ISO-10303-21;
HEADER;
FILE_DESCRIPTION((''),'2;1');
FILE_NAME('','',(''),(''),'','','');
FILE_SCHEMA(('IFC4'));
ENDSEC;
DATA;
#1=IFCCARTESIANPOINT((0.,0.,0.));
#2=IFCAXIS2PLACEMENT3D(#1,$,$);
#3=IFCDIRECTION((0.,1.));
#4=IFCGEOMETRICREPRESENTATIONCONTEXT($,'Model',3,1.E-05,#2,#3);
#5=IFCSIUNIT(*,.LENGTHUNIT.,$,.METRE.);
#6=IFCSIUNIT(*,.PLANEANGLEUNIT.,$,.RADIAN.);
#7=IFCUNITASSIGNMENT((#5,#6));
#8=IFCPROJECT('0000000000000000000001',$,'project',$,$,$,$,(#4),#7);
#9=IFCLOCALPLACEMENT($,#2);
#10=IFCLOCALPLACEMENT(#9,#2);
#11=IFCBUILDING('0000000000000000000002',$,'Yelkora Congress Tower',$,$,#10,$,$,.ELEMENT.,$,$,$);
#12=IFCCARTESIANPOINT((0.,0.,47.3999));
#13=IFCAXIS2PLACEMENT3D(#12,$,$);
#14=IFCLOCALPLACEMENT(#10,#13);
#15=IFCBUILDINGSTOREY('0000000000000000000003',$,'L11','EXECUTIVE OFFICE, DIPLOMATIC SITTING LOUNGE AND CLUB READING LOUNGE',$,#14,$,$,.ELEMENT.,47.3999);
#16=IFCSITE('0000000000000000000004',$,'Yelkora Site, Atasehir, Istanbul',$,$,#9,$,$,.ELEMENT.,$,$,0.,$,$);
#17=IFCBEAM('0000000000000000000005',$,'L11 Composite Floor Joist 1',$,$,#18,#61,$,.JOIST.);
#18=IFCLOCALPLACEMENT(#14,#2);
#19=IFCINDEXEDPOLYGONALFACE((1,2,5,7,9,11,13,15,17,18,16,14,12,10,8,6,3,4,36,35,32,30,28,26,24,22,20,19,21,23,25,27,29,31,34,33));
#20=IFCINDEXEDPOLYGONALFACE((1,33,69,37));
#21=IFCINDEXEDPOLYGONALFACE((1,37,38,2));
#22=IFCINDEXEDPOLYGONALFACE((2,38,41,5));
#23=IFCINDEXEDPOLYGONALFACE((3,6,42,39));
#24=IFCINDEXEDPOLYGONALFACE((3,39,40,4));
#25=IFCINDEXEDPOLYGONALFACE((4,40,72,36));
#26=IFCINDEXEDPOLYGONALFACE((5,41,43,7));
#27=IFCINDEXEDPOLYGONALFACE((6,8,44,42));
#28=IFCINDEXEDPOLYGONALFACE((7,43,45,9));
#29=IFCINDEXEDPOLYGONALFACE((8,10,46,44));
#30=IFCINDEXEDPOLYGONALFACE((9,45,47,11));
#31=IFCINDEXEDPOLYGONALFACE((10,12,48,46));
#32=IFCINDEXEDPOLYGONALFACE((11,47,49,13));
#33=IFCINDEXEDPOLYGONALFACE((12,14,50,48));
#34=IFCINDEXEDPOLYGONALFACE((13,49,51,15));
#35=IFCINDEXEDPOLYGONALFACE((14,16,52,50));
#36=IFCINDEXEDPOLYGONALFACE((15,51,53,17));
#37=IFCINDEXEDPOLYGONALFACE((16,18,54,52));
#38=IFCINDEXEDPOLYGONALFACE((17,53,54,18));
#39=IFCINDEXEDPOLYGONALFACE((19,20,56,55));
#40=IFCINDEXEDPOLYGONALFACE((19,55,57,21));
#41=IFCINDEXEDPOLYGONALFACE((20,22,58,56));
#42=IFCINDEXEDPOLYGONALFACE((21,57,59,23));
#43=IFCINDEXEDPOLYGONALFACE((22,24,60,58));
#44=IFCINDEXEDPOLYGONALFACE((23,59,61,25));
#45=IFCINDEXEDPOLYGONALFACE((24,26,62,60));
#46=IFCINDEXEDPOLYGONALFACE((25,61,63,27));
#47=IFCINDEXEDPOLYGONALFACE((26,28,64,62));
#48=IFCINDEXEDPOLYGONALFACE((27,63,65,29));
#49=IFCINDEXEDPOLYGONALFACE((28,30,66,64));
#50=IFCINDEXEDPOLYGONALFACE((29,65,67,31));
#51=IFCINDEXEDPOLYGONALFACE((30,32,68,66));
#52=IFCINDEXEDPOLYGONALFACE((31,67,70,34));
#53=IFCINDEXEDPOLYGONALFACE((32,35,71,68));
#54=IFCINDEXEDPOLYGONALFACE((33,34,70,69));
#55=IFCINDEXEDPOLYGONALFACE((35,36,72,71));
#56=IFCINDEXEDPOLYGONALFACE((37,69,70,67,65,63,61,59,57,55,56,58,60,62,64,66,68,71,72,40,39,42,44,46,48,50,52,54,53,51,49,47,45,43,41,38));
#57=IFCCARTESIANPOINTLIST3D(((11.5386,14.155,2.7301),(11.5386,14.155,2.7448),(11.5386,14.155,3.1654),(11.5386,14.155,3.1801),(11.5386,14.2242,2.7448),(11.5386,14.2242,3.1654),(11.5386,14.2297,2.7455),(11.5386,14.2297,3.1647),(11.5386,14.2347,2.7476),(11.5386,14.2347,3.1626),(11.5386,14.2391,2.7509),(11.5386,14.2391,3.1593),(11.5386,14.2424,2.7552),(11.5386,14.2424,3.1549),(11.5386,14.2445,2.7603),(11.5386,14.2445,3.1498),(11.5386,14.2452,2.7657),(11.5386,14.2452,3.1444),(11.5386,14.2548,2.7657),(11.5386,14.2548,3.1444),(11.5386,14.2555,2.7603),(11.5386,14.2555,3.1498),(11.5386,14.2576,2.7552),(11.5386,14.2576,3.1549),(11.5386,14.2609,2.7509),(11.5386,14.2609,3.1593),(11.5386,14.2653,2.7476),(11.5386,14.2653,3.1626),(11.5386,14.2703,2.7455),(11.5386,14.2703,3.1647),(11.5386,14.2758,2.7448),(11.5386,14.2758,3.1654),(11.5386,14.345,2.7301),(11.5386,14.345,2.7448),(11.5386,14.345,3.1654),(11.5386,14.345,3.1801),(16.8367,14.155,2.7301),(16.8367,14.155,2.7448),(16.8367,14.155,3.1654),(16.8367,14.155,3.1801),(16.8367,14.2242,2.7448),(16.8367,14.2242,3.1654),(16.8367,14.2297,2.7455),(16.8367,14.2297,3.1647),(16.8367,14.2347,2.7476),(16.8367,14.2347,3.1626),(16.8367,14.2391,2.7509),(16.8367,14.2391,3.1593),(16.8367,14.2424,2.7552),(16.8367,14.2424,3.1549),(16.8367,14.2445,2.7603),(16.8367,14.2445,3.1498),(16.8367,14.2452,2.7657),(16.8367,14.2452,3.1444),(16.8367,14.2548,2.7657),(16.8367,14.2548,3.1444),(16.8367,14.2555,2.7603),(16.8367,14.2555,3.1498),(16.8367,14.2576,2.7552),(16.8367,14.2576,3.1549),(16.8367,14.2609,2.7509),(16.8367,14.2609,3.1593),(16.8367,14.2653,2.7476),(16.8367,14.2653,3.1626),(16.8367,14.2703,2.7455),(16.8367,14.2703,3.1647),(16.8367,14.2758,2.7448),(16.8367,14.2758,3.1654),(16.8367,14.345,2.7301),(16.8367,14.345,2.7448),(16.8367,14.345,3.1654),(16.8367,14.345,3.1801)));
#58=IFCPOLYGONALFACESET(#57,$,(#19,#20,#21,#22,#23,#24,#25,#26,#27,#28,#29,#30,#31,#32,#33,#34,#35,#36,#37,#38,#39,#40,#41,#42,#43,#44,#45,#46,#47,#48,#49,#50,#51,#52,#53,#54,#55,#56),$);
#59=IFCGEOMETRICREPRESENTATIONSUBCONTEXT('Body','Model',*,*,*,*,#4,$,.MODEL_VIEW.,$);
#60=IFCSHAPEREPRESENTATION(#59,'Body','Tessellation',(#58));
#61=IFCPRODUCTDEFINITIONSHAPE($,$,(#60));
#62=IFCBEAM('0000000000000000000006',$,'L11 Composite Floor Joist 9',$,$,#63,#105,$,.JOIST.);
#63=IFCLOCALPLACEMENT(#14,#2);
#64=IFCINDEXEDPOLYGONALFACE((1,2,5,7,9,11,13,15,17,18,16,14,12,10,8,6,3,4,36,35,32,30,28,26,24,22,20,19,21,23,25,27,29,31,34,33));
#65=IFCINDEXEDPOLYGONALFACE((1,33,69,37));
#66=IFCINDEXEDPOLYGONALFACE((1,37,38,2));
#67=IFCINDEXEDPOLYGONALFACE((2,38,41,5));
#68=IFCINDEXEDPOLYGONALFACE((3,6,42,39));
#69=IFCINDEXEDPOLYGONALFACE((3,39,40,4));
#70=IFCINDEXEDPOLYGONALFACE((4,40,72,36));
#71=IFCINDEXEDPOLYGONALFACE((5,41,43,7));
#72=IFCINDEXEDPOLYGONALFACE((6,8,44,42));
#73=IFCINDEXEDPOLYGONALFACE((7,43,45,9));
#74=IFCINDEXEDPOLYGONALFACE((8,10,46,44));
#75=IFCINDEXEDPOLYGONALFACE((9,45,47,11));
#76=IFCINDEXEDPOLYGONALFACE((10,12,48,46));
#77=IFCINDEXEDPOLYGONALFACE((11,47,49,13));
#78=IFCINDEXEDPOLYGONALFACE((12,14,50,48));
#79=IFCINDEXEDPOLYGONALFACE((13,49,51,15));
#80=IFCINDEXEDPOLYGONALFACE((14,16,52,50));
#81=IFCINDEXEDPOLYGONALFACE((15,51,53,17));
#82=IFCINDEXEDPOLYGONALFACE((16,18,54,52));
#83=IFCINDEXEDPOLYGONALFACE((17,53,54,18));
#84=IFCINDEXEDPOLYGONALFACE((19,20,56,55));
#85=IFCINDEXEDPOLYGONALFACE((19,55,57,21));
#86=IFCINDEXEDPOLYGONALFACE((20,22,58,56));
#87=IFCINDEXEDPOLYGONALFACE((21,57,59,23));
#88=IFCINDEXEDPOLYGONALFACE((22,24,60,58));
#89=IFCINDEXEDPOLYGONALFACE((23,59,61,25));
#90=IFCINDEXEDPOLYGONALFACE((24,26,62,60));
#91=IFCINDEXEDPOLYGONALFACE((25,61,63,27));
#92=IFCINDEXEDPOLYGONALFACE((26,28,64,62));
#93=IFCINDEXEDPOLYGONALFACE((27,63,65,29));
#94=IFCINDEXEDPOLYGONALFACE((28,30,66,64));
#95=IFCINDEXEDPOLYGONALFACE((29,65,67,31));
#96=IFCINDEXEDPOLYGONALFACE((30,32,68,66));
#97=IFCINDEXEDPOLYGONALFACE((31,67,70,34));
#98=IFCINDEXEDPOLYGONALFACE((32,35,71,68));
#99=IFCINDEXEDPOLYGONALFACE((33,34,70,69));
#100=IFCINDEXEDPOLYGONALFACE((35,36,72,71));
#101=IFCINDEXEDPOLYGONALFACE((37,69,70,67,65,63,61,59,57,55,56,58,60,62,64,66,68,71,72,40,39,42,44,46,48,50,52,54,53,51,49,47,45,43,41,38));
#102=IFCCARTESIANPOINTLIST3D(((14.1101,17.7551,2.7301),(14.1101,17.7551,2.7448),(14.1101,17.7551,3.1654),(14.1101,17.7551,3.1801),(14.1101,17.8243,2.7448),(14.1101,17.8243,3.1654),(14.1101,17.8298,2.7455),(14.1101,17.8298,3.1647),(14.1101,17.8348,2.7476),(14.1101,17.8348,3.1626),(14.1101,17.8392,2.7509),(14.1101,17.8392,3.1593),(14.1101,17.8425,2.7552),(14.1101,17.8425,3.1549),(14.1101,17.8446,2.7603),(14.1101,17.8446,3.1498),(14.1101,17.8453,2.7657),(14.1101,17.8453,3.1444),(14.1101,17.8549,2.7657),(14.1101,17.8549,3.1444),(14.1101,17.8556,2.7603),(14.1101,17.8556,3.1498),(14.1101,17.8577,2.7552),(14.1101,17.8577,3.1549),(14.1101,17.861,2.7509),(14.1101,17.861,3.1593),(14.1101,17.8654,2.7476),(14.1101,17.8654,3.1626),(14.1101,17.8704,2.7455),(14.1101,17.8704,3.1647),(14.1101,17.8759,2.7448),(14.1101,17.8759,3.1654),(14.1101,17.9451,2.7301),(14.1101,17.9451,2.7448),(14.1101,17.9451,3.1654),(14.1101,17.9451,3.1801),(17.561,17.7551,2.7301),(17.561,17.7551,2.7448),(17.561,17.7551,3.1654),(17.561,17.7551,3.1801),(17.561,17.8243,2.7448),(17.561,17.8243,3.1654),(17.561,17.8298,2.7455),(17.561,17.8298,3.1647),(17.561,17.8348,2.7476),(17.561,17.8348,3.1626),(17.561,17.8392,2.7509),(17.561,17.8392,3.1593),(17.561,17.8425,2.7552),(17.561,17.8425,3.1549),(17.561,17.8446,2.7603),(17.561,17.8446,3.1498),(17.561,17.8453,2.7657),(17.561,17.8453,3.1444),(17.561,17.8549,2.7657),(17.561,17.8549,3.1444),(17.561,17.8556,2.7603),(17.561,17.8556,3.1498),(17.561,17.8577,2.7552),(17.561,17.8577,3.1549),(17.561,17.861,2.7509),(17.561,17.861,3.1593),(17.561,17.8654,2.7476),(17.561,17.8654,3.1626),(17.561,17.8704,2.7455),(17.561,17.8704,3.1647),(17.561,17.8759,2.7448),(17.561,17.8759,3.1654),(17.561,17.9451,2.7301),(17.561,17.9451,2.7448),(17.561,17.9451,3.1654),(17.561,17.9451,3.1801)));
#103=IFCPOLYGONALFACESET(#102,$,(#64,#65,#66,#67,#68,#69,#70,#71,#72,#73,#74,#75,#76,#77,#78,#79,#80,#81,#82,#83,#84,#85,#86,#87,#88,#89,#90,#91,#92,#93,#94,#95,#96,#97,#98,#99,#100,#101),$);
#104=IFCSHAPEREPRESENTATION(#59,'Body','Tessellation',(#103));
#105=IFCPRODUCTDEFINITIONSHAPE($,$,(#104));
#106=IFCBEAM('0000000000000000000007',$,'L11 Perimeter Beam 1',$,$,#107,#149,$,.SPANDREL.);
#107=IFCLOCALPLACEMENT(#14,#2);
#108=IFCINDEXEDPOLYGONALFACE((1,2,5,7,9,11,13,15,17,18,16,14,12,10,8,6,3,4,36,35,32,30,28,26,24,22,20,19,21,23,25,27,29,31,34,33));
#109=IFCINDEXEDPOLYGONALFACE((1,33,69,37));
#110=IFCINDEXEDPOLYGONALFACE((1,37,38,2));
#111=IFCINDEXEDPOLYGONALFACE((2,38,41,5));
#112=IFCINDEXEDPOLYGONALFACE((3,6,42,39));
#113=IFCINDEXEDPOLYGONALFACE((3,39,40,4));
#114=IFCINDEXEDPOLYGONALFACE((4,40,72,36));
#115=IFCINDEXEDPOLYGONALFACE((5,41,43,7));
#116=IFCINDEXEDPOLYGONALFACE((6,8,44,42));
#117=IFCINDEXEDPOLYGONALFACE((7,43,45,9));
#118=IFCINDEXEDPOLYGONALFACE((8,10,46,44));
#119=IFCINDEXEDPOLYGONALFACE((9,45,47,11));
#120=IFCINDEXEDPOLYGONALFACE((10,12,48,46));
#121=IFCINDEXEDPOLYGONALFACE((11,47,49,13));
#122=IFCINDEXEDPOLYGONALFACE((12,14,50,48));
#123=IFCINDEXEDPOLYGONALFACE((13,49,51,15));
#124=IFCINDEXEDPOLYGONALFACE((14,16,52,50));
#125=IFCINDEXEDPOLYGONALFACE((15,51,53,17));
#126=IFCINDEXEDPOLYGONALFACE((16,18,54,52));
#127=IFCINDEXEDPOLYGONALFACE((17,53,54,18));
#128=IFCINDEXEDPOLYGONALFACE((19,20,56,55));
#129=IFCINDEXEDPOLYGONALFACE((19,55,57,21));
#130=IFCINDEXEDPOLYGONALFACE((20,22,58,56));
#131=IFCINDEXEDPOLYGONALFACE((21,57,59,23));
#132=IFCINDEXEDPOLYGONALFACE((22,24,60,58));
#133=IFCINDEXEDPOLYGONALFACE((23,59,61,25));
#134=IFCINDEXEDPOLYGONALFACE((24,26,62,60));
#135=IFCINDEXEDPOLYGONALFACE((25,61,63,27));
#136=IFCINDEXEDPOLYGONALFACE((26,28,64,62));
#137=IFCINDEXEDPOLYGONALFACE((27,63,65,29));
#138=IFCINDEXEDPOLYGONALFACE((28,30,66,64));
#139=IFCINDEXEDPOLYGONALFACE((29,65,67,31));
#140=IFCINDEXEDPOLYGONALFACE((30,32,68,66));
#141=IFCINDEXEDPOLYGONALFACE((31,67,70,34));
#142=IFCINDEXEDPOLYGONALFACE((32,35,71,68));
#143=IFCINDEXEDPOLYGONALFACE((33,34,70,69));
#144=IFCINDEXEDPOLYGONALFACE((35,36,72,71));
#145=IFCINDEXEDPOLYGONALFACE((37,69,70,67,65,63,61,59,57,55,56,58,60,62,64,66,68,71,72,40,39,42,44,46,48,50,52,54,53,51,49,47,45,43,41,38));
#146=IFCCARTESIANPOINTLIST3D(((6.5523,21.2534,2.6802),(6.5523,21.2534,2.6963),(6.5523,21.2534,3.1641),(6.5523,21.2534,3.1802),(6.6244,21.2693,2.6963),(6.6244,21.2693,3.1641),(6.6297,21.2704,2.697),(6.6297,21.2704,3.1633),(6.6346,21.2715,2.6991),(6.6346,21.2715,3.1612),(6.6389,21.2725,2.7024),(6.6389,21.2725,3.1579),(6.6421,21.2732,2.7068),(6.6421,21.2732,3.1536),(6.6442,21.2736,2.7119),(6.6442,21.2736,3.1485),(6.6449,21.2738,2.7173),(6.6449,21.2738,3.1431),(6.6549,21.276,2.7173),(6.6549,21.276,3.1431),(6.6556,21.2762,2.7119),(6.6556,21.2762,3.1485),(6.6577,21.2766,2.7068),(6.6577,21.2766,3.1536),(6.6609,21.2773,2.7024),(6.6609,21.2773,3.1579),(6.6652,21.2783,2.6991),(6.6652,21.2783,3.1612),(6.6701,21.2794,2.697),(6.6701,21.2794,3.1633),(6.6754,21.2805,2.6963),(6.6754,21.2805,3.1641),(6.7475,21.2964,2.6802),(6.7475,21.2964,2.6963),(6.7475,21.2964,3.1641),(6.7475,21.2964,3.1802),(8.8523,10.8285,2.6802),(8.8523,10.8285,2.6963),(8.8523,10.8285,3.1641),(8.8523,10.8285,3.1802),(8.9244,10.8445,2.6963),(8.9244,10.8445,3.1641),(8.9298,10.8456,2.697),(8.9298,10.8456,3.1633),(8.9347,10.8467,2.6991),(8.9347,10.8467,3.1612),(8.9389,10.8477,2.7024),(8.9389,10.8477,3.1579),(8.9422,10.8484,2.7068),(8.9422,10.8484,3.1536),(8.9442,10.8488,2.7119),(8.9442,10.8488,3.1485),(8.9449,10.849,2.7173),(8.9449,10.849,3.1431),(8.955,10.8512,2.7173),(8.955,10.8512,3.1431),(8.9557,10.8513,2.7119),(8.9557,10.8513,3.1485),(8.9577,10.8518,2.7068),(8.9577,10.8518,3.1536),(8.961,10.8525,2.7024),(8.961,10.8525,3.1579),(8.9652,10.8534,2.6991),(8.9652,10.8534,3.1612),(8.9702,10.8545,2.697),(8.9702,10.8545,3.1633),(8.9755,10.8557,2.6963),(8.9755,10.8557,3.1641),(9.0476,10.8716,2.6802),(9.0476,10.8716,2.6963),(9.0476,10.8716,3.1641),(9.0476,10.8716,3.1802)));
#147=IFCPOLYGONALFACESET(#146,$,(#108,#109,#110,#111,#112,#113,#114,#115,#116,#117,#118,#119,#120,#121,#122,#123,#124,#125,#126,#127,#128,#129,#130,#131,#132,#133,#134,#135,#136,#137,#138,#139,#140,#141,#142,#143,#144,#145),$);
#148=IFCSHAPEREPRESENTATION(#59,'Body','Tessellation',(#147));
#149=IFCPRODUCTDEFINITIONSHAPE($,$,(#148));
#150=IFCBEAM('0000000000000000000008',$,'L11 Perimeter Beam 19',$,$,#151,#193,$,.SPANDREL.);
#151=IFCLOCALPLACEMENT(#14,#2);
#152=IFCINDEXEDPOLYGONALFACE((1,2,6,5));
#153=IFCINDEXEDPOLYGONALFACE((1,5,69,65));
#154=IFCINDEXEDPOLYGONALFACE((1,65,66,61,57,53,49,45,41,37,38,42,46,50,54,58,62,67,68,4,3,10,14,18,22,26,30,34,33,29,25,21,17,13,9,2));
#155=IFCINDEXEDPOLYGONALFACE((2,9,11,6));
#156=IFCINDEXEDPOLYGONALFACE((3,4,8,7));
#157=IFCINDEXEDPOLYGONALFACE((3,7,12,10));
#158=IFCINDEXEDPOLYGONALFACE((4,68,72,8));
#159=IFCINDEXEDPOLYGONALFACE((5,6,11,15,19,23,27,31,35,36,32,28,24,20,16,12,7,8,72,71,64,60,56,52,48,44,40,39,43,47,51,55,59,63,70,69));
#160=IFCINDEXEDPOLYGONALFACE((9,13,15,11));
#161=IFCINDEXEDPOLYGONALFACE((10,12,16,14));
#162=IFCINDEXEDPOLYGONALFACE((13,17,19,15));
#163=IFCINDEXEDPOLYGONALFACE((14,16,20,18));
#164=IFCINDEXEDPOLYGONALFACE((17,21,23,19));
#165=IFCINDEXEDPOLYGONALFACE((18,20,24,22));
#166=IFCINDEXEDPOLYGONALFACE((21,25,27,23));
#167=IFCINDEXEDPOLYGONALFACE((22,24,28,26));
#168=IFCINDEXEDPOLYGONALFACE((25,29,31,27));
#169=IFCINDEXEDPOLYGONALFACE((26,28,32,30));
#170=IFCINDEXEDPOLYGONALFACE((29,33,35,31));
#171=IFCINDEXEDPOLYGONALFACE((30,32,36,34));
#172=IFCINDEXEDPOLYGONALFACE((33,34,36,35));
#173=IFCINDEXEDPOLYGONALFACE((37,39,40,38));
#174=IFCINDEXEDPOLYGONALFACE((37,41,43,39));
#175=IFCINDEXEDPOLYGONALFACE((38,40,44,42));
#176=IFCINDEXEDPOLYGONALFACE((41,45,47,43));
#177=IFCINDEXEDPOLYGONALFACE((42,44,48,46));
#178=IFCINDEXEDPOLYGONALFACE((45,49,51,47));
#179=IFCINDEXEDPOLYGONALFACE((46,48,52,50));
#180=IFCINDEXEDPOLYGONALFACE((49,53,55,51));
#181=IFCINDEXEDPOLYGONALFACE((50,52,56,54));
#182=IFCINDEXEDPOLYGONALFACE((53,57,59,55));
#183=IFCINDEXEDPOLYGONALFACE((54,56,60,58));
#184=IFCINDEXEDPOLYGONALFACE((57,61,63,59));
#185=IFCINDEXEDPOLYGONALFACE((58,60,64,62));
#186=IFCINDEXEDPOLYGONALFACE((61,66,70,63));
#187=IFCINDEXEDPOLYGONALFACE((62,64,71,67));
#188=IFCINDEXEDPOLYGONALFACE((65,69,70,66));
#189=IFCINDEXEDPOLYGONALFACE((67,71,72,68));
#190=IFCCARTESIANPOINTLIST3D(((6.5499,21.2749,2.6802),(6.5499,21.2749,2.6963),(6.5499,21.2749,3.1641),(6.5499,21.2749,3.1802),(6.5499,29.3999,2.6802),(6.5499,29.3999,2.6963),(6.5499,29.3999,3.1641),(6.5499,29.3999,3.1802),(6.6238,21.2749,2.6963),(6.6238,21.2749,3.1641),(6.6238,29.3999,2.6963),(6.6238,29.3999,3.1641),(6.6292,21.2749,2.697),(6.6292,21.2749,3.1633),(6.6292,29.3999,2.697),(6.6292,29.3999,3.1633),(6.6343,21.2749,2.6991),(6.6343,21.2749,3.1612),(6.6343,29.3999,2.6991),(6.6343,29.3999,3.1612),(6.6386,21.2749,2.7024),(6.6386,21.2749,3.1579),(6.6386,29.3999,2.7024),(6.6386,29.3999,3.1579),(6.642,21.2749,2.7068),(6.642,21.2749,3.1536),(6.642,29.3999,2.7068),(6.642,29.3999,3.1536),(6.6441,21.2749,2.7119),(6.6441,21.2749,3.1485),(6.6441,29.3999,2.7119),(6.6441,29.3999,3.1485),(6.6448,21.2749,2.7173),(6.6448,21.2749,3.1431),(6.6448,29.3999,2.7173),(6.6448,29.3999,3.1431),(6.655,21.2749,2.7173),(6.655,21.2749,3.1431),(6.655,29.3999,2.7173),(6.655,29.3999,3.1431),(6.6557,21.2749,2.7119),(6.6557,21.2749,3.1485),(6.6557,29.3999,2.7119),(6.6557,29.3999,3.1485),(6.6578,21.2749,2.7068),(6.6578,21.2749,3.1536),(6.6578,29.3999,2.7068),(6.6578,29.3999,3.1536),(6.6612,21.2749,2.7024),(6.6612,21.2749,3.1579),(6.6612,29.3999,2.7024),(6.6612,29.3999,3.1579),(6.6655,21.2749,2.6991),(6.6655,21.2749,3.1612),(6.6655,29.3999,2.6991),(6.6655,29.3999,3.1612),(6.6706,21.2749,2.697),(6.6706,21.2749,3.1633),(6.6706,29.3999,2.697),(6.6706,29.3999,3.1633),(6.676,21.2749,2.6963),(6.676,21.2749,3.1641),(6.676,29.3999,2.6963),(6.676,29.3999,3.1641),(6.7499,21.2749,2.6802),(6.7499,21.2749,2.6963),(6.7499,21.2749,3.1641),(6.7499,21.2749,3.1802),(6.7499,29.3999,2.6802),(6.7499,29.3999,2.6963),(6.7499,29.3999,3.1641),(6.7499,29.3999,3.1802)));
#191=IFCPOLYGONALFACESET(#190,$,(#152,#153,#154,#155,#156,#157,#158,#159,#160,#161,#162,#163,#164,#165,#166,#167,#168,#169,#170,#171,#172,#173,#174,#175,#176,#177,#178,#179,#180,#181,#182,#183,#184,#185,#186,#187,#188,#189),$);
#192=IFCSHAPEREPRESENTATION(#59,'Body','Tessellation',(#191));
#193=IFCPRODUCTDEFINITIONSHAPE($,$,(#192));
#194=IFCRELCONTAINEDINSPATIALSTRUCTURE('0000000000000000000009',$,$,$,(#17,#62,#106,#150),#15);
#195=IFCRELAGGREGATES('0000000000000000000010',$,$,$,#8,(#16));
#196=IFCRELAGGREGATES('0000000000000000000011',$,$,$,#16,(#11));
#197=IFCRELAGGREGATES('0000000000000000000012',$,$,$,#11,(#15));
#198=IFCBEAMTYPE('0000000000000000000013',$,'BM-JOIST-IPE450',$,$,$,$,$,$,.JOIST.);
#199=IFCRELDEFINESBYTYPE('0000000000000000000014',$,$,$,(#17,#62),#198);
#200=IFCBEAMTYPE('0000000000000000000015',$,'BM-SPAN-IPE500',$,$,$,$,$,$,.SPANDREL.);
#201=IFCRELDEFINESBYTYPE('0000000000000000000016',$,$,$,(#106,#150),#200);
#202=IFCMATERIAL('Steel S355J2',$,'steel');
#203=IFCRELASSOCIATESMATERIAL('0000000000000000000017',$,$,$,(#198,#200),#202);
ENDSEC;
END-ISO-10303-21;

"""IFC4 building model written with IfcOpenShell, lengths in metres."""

from ifc_helpers import new_model, si_unit, direction, frame, origin, origin_2d, place, context, subcontext, project, spatial, i_section, extrude, material, material_profile, profile_set, type_object, element, save


model = new_model("IFC4")

# Units and contexts
model_context = context("Model", 3, precision=1e-05, world=origin(), true_north=direction((0.0, 1.0)))
body_context = subcontext(model_context, "Body", "Model", "MODEL_VIEW")
ifc_project = project(units=[si_unit("LENGTHUNIT", "METRE"), si_unit("PLANEANGLEUNIT", "RADIAN")], contexts=[model_context])

# Site, building, storey
site_placement = place(None, origin())
site = spatial("IfcSite", under=ifc_project, at=site_placement, Name="Yelkora Site, Atasehir, Istanbul", CompositionType="ELEMENT", RefElevation=0.0)
building_placement = place(site_placement, origin())
building = spatial("IfcBuilding", under=site, at=building_placement, Name="Yelkora Congress Tower", CompositionType="ELEMENT")
storey_placement = place(building_placement, frame((0.0, 0.0, 47.3999)))
storey = spatial("IfcBuildingStorey", under=building, at=storey_placement, Name="L11", Description="EXECUTIVE OFFICE, DIPLOMATIC SITTING LOUNGE AND CLUB READING LOUNGE", CompositionType="ELEMENT", Elevation=47.3999)

# Beams
ifc_material_1 = material(Name="Steel S355J2", Category="steel")
ifc_material_profile_1 = material_profile(ifc_material_1, i_section(OverallWidth=0.1899, OverallDepth=0.45, WebThickness=0.0095, FlangeThickness=0.0146, FilletRadius=0.021, at=origin_2d()), Name="IPE 450")
ifc_profile_set_1 = profile_set([ifc_material_profile_1], Name="Steel S355J2")
beam_type_1 = type_object("IfcBeamType", Name="BM-JOIST-IPE450", PredefinedType="JOIST", material=ifc_profile_set_1)
beam_1_placement = place(storey_placement, frame((11.5386, 14.25, 2.9551), z_axis=(1.0, 0.0, 0.0), x_axis=(0.0, 1.0, 0.0)))
element("IfcBeam", 1, at=beam_1_placement, inside=storey, type_object=beam_type_1, Name="L11 Composite Floor Joist 1", PredefinedType="JOIST", context=body_context, shape_type="SweptSolid", body=[
    extrude(i_section(OverallWidth=0.1899, OverallDepth=0.45, WebThickness=0.0095, FlangeThickness=0.0146, FilletRadius=0.021, at=origin_2d()), origin(), (0.0, 0.0, 1.0), 5.2981),
])
beam_2_placement = place(storey_placement, frame((14.1101, 17.8501, 2.9551), z_axis=(1.0, 0.0, 0.0), x_axis=(0.0, 1.0, 0.0)))
element("IfcBeam", 2, at=beam_2_placement, inside=storey, type_object=beam_type_1, Name="L11 Composite Floor Joist 9", PredefinedType="JOIST", context=body_context, shape_type="SweptSolid", body=[
    extrude(i_section(OverallWidth=0.1899, OverallDepth=0.45, WebThickness=0.0095, FlangeThickness=0.0146, FilletRadius=0.021, at=origin_2d()), origin(), (0.0, 0.0, 1.0), 3.4509),
])
ifc_material_profile_2 = material_profile(ifc_material_1, i_section(OverallWidth=0.2, OverallDepth=0.5, WebThickness=0.0103, FlangeThickness=0.0161, FilletRadius=0.021, at=origin_2d()), Name="IPE 500")
ifc_profile_set_2 = profile_set([ifc_material_profile_2], Name="Steel S355J2")
beam_type_2 = type_object("IfcBeamType", Name="BM-SPAN-IPE500", PredefinedType="SPANDREL", material=ifc_profile_set_2)
beam_3_placement = place(storey_placement, frame((6.6499, 21.2749, 2.9302), z_axis=(0.215451, -0.976515, 0.0), x_axis=(0.976515, 0.215451, 0.0)))
element("IfcBeam", 3, at=beam_3_placement, inside=storey, type_object=beam_type_2, Name="L11 Perimeter Beam 1", PredefinedType="SPANDREL", context=body_context, shape_type="SweptSolid", body=[
    extrude(i_section(OverallWidth=0.2, OverallDepth=0.5, WebThickness=0.0103, FlangeThickness=0.0161, FilletRadius=0.021, at=origin_2d()), origin(), (0.0, 0.0, 1.0), 10.6755),
])
beam_4_placement = place(storey_placement, frame((6.6499, 29.3999, 2.9302), z_axis=(0.0, -1.0, 0.0), x_axis=(1.0, 0.0, 0.0)))
element("IfcBeam", 4, at=beam_4_placement, inside=storey, type_object=beam_type_2, Name="L11 Perimeter Beam 19", PredefinedType="SPANDREL", context=body_context, shape_type="SweptSolid", body=[
    extrude(i_section(OverallWidth=0.2, OverallDepth=0.5, WebThickness=0.0103, FlangeThickness=0.0161, FilletRadius=0.021, at=origin_2d()), origin(), (0.0, 0.0, 1.0), 8.125),
])

save(model, "model.ifc")
